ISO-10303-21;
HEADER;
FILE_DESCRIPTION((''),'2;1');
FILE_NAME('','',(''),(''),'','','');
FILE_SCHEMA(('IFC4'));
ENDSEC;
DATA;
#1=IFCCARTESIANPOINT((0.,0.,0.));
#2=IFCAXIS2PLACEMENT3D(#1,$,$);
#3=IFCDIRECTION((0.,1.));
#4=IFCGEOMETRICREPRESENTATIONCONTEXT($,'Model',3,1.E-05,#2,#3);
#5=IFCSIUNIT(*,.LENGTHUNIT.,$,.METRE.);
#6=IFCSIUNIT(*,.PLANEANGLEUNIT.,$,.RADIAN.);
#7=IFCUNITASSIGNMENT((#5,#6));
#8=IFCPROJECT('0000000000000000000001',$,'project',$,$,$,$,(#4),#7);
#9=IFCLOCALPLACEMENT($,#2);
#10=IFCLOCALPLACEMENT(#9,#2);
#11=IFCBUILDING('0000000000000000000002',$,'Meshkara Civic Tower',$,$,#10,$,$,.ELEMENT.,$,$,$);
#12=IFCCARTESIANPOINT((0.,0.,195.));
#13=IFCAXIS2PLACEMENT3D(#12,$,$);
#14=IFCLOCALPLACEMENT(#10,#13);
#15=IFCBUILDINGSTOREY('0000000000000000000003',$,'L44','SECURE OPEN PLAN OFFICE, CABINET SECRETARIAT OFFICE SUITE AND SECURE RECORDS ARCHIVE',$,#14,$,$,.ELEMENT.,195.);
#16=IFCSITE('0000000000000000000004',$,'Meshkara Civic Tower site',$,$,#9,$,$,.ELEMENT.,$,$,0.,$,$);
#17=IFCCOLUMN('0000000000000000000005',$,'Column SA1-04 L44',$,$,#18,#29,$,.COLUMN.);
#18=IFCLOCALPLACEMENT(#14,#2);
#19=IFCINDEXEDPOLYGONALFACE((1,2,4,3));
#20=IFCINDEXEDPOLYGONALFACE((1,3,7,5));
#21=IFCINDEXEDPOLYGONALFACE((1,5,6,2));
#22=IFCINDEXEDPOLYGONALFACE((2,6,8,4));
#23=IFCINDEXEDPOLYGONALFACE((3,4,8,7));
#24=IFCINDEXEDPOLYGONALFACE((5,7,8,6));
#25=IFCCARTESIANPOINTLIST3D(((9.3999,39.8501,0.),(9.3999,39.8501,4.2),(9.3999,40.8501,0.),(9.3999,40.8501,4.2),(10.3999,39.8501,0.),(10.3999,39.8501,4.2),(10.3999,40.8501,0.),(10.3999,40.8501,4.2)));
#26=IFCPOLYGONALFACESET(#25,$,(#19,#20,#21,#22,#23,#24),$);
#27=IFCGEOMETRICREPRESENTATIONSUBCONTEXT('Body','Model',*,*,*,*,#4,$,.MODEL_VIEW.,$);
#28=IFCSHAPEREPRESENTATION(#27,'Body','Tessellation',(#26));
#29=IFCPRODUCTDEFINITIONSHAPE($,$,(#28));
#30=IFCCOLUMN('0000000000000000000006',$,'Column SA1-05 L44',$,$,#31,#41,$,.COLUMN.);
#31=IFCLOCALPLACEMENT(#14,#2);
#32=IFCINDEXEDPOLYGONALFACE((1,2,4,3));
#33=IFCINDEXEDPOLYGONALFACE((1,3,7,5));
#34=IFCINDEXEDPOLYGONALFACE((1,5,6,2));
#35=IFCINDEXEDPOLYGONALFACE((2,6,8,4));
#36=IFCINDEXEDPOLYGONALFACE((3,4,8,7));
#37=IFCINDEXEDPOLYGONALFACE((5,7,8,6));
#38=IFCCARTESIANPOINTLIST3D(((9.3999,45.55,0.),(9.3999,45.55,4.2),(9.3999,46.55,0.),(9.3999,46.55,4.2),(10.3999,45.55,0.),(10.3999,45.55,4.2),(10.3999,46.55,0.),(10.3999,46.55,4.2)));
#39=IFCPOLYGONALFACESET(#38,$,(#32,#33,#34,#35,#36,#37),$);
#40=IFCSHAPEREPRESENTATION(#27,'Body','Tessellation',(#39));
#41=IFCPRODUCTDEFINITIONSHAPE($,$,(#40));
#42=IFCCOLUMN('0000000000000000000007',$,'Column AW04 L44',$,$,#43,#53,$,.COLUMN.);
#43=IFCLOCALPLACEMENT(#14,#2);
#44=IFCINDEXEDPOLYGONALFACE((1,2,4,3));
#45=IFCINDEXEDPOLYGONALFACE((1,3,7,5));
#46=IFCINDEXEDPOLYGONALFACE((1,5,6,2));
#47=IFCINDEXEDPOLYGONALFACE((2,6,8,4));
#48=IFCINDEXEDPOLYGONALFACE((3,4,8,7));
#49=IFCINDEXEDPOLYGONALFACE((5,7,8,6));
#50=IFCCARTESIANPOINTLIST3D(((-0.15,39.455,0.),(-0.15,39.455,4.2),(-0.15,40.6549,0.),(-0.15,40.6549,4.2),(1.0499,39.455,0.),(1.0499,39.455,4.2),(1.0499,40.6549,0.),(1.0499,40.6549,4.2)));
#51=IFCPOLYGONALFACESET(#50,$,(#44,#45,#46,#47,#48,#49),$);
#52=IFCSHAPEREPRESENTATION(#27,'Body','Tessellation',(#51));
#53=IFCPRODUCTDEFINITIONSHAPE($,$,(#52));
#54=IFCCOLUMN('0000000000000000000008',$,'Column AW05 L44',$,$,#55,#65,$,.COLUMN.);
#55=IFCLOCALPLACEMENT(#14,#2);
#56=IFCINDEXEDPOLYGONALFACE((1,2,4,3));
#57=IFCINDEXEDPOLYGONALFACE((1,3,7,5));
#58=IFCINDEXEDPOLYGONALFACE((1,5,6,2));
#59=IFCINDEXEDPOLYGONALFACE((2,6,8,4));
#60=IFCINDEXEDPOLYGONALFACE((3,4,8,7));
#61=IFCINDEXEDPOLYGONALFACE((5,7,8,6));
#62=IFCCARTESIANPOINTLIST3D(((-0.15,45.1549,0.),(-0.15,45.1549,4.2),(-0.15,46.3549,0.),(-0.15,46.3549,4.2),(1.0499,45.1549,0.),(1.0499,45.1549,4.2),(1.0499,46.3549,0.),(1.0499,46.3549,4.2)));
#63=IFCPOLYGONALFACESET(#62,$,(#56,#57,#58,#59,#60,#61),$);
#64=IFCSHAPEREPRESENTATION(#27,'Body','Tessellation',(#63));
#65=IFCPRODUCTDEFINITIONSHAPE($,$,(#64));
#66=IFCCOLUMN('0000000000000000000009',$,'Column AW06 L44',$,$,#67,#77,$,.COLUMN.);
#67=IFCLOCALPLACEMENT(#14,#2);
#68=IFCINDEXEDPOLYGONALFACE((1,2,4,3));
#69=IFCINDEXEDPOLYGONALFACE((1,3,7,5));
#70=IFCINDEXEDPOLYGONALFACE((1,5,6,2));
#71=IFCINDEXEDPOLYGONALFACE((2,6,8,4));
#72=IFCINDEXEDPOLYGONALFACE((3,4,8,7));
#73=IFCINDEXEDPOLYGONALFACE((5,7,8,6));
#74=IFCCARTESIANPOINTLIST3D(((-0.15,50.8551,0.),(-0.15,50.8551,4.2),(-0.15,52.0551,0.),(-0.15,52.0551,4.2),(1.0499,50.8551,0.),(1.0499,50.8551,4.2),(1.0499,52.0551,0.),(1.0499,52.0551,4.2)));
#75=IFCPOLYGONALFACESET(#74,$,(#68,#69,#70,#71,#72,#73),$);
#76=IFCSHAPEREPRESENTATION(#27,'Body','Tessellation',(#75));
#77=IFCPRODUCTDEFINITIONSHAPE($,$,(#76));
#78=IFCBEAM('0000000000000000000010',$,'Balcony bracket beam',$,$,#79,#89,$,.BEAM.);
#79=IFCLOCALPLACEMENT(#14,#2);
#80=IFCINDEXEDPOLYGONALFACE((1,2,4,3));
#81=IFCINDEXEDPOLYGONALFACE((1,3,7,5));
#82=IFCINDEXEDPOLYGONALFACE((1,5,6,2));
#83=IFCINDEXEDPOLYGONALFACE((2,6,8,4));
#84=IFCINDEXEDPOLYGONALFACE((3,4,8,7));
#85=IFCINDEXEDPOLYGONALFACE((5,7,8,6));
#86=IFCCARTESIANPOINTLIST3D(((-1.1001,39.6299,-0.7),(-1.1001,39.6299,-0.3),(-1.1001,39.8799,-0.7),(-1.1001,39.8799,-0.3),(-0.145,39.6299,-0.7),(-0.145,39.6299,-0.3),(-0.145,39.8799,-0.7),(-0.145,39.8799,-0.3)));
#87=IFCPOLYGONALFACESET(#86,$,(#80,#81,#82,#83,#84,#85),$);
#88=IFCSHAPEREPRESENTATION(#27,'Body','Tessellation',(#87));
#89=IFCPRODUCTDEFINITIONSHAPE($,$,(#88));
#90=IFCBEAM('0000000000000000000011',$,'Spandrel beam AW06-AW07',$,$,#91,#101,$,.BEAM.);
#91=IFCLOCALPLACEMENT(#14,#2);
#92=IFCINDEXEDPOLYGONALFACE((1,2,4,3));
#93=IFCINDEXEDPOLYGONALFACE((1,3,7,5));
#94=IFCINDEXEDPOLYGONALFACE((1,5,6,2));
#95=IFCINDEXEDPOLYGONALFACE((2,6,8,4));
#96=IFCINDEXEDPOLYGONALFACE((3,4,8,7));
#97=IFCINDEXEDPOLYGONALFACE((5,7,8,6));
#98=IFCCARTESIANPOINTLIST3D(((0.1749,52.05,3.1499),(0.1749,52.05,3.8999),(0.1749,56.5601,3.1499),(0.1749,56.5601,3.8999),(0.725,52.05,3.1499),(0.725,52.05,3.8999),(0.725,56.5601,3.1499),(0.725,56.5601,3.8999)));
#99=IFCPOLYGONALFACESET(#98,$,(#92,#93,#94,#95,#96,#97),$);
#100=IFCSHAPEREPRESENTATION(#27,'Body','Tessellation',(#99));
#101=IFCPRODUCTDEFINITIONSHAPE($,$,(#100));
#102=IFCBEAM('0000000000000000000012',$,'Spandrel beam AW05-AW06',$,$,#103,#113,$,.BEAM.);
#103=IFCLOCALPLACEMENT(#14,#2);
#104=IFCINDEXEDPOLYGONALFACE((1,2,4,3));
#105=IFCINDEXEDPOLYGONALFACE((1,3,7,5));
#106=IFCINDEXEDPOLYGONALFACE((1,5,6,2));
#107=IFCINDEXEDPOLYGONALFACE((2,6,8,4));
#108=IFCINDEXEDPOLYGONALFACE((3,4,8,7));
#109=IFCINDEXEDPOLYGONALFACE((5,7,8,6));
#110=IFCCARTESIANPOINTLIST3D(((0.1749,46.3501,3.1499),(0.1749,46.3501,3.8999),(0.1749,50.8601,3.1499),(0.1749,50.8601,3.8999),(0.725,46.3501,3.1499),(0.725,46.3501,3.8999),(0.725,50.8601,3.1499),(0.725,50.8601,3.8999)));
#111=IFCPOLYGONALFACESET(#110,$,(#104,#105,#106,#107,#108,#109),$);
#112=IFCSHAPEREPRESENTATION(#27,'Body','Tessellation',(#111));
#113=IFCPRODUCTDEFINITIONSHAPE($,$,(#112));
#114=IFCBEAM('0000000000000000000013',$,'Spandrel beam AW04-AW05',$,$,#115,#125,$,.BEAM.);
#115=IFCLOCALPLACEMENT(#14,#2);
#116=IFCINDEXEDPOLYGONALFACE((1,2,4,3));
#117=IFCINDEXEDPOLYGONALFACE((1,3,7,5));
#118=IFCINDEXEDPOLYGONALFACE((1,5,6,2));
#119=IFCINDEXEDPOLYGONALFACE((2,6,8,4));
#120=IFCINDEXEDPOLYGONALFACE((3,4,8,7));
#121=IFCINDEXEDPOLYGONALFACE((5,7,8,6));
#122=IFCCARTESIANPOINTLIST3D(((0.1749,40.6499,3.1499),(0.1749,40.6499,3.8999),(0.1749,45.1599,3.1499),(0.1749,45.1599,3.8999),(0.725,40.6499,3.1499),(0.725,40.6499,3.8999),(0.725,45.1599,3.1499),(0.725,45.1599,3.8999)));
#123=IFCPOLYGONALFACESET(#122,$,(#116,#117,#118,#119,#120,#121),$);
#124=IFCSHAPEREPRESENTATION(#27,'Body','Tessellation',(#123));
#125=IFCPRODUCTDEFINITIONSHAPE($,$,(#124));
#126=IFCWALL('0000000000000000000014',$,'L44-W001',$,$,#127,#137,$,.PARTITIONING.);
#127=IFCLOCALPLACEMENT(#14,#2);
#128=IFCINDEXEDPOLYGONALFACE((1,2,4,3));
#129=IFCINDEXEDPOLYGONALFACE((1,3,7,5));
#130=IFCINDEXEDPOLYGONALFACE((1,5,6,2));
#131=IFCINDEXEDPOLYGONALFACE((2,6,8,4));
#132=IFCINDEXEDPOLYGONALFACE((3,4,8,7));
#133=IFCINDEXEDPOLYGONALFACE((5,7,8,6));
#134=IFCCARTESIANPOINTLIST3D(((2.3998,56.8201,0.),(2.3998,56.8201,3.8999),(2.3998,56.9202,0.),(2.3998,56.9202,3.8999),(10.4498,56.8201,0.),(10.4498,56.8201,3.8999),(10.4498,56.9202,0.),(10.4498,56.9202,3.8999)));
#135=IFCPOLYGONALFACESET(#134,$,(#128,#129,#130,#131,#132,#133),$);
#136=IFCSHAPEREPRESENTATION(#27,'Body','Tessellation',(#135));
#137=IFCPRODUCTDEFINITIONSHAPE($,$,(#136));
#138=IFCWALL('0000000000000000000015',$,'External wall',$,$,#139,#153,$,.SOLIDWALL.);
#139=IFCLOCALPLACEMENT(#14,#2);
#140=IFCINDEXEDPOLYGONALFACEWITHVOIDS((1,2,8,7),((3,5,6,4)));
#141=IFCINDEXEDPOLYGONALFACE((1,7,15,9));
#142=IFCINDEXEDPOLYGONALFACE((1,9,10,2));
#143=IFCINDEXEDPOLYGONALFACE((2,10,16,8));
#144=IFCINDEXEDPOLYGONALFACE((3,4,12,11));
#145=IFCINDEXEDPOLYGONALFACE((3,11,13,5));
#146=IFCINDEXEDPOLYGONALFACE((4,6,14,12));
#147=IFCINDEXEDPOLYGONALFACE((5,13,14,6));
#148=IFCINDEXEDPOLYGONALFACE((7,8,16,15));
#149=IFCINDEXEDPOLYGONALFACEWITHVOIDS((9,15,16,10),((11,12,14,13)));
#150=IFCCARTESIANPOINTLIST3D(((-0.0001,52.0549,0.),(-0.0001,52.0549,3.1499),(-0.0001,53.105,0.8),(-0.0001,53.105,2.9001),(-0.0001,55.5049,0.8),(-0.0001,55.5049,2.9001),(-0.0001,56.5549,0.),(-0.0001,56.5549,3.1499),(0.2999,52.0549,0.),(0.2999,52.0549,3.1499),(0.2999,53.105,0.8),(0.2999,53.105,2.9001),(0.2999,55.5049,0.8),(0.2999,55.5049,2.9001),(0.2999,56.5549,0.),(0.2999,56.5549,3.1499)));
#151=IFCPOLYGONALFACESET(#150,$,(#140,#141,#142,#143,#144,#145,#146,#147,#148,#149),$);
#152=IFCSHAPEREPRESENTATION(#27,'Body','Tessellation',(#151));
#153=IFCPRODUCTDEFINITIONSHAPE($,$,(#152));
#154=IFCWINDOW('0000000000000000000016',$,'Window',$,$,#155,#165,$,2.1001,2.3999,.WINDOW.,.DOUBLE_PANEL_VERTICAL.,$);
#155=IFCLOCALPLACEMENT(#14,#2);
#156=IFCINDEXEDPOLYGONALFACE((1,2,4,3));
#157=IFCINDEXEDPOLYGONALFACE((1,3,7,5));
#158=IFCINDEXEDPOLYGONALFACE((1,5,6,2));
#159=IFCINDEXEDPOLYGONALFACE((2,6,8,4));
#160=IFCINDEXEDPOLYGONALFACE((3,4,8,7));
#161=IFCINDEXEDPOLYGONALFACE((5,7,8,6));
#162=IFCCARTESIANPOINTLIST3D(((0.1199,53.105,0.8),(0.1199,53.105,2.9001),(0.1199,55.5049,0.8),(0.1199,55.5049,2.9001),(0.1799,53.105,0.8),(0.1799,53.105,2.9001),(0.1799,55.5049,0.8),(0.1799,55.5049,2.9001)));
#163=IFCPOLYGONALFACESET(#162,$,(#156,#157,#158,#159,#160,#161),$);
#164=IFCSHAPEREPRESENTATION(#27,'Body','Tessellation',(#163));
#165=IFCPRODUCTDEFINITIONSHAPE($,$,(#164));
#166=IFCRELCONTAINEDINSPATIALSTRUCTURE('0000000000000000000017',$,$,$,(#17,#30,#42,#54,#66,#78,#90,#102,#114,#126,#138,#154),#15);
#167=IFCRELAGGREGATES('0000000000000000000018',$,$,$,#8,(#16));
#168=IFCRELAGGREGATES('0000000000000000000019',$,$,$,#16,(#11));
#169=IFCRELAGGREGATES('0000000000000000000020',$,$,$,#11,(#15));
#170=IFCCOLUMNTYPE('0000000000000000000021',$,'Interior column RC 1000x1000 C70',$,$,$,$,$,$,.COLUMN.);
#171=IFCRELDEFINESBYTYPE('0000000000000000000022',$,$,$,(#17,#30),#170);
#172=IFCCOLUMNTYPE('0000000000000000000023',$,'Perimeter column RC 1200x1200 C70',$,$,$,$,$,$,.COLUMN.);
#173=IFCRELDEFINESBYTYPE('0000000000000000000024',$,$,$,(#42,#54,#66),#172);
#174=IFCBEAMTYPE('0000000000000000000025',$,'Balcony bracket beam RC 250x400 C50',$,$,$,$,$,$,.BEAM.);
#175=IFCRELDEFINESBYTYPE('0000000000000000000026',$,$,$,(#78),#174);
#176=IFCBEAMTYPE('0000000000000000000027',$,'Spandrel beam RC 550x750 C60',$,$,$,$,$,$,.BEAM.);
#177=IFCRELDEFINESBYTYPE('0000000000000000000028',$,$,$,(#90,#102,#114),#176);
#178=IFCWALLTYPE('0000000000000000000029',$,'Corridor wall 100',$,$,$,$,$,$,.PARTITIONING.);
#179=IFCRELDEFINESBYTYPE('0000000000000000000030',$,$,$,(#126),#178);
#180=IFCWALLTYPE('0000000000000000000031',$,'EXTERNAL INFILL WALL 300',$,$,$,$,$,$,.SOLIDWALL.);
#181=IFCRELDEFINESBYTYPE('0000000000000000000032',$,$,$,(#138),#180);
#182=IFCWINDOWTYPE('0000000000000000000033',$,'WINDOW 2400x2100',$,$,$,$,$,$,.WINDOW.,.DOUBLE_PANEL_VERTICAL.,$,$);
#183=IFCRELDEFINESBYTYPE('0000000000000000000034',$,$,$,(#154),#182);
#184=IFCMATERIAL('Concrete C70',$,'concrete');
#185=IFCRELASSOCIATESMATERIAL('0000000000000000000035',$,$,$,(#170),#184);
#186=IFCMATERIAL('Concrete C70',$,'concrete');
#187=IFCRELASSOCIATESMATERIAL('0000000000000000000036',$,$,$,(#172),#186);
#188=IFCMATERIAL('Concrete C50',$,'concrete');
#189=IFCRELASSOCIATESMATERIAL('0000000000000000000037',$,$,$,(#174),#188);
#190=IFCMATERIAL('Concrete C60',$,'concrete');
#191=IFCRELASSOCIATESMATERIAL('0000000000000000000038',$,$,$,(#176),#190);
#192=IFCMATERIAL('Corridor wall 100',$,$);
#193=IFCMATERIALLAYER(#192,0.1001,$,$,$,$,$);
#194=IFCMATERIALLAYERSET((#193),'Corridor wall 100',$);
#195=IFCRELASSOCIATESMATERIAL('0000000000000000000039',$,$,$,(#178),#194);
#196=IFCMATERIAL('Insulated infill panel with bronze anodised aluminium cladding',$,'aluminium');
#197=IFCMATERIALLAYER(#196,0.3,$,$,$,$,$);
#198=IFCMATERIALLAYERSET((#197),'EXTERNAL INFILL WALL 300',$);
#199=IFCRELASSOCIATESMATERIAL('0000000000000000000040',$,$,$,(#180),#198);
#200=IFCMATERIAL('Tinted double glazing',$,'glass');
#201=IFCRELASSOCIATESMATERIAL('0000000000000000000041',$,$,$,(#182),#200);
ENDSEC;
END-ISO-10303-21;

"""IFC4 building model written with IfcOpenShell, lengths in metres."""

from ifc_helpers import new_model, si_unit, direction, frame, frame_2d, origin, origin_2d, place, context, subcontext, project, spatial, rectangle, extrude, material, layer, layer_set, material_profile, profile_set, type_object, element, fill, save


model = new_model("IFC4")

# Units and contexts
model_context = context("Model", 3, precision=1e-05, world=origin(), true_north=direction((0.0, 1.0)))
body_context = subcontext(model_context, "Body", "Model", "MODEL_VIEW")
ifc_project = project(units=[si_unit("LENGTHUNIT", "METRE"), si_unit("PLANEANGLEUNIT", "RADIAN")], contexts=[model_context])

# Site, building, storey
site_placement = place(None, origin())
site = spatial("IfcSite", under=ifc_project, at=site_placement, Name="Meshkara Civic Tower site", CompositionType="ELEMENT", RefElevation=0.0)
building_placement = place(site_placement, origin())
building = spatial("IfcBuilding", under=site, at=building_placement, Name="Meshkara Civic Tower", CompositionType="ELEMENT")
storey_placement = place(building_placement, frame((0.0, 0.0, 195.0)))
storey = spatial("IfcBuildingStorey", under=building, at=storey_placement, Name="L44", Description="SECURE OPEN PLAN OFFICE, CABINET SECRETARIAT OFFICE SUITE AND SECURE RECORDS ARCHIVE", CompositionType="ELEMENT", Elevation=195.0)

# Columns
ifc_material_1 = material(Name="Concrete C70", Category="concrete")
ifc_material_profile_1 = material_profile(ifc_material_1, rectangle(XDim=1.0, YDim=1.0, at=origin_2d()))
ifc_profile_set_1 = profile_set([ifc_material_profile_1], Name="Concrete C70")
column_type_1 = type_object("IfcColumnType", Name="Interior column RC 1000x1000 C70", PredefinedType="COLUMN", material=ifc_profile_set_1)
for number, where, z_axis, x_axis, name in (
    (1, (9.8999, 40.3501, 0.0), (0.0, 0.0, 1.0), (1.0, 0.0, 0.0), "Column SA1-04 L44"),
    (2, (9.8999, 46.05, 0.0), (0.0, 0.0, 1.0), (1.0, 0.0, 0.0), "Column SA1-05 L44"),
):
    element("IfcColumn", number, at=place(storey_placement, frame(where, z_axis=z_axis, x_axis=x_axis)), inside=storey, type_object=column_type_1, Name=name, PredefinedType="COLUMN", context=body_context, shape_type="SweptSolid", body=[
        extrude(rectangle(XDim=1.0, YDim=1.0, at=origin_2d()), origin(), (0.0, 0.0, 1.0), 4.2),
    ])
ifc_material_2 = material(Name="Concrete C70", Category="concrete")
ifc_material_profile_2 = material_profile(ifc_material_2, rectangle(XDim=1.2, YDim=1.2, at=origin_2d()))
ifc_profile_set_2 = profile_set([ifc_material_profile_2], Name="Concrete C70")
column_type_2 = type_object("IfcColumnType", Name="Perimeter column RC 1200x1200 C70", PredefinedType="COLUMN", material=ifc_profile_set_2)
for number, where, z_axis, x_axis, name in (
    (3, (0.45, 40.0549, 0.0), (0.0, 0.0, 1.0), (1.0, 0.0, 0.0), "Column AW04 L44"),
    (4, (0.45, 45.7549, 0.0), (0.0, 0.0, 1.0), (1.0, 0.0, 0.0), "Column AW05 L44"),
    (5, (0.45, 51.4551, 0.0), (0.0, 0.0, 1.0), (1.0, 0.0, 0.0), "Column AW06 L44"),
):
    element("IfcColumn", number, at=place(storey_placement, frame(where, z_axis=z_axis, x_axis=x_axis)), inside=storey, type_object=column_type_2, Name=name, PredefinedType="COLUMN", context=body_context, shape_type="SweptSolid", body=[
        extrude(rectangle(XDim=1.2, YDim=1.2, at=origin_2d()), origin(), (0.0, 0.0, 1.0), 4.2),
    ])

# Beams
ifc_material_3 = material(Name="Concrete C50", Category="concrete")
ifc_material_profile_3 = material_profile(ifc_material_3, rectangle(XDim=0.25, YDim=0.3999, at=origin_2d()))
ifc_profile_set_3 = profile_set([ifc_material_profile_3], Name="Concrete C50")
beam_type_1 = type_object("IfcBeamType", Name="Balcony bracket beam RC 250x400 C50", PredefinedType="BEAM", material=ifc_profile_set_3)
beam_placement = place(storey_placement, frame((-0.145, 39.7549, -0.5), z_axis=(-1.0, 0.0, 0.0), x_axis=(0.0, -1.0, 0.0)))
element("IfcBeam", 6, at=beam_placement, inside=storey, type_object=beam_type_1, Name="Balcony bracket beam", PredefinedType="BEAM", context=body_context, shape_type="SweptSolid", body=[
    extrude(rectangle(XDim=0.25, YDim=0.3999, at=origin_2d()), origin(), (0.0, 0.0, 1.0), 0.9551),
])
ifc_material_4 = material(Name="Concrete C60", Category="concrete")
ifc_material_profile_4 = material_profile(ifc_material_4, rectangle(XDim=0.55, YDim=0.75, at=origin_2d()))
ifc_profile_set_4 = profile_set([ifc_material_profile_4], Name="Concrete C60")
beam_type_2 = type_object("IfcBeamType", Name="Spandrel beam RC 550x750 C60", PredefinedType="BEAM", material=ifc_profile_set_4)
for number, where, z_axis, x_axis, name in (
    (7, (0.45, 56.5601, 3.5249), (0.0, -1.0, 0.0), (1.0, 0.0, 0.0), "Spandrel beam AW06-AW07"),
    (8, (0.45, 50.8601, 3.5249), (0.0, -1.0, 0.0), (1.0, 0.0, 0.0), "Spandrel beam AW05-AW06"),
    (9, (0.45, 45.1599, 3.5249), (0.0, -1.0, 0.0), (1.0, 0.0, 0.0), "Spandrel beam AW04-AW05"),
):
    element("IfcBeam", number, at=place(storey_placement, frame(where, z_axis=z_axis, x_axis=x_axis)), inside=storey, type_object=beam_type_2, Name=name, PredefinedType="BEAM", context=body_context, shape_type="SweptSolid", body=[
        extrude(rectangle(XDim=0.55, YDim=0.75, at=origin_2d()), origin(), (0.0, 0.0, 1.0), 4.51),
    ])

# Wall
ifc_material_5 = material(Name="Corridor wall 100")
ifc_layer_1 = layer(ifc_material_5, 0.1001)
ifc_layer_set_1 = layer_set([ifc_layer_1], Name="Corridor wall 100")
wall_type_1 = type_object("IfcWallType", Name="Corridor wall 100", PredefinedType="PARTITIONING", material=ifc_layer_set_1)
wall_1_placement = place(storey_placement, frame((2.3999, 56.8701, 0.0), z_axis=(0.0, 0.0, 1.0), x_axis=(1.0, 0.0, 0.0)))
element("IfcWall", 10, at=wall_1_placement, inside=storey, type_object=wall_type_1, Name="L44-W001", PredefinedType="PARTITIONING", context=body_context, shape_type="SweptSolid", body=[
    extrude(rectangle(XDim=8.05, YDim=0.1001, at=frame_2d((4.0249, 0.0))), origin(), (0.0, 0.0, 1.0), 3.8999),
])

# Wall, opening, window
ifc_material_6 = material(Name="Insulated infill panel with bronze anodised aluminium cladding", Category="aluminium")
ifc_layer_2 = layer(ifc_material_6, 0.3)
ifc_layer_set_2 = layer_set([ifc_layer_2], Name="EXTERNAL INFILL WALL 300")
wall_type_2 = type_object("IfcWallType", Name="EXTERNAL INFILL WALL 300", PredefinedType="SOLIDWALL", material=ifc_layer_set_2)
wall_2_placement = place(storey_placement, frame((0.1499, 56.5549, 0.0), z_axis=(0.0, 0.0, 1.0), x_axis=(0.0, -1.0, 0.0)))
wall_2 = element("IfcWall", 11, at=wall_2_placement, inside=storey, type_object=wall_type_2, Name="External wall", PredefinedType="SOLIDWALL", context=body_context, shape_type="SweptSolid", body=[
    extrude(rectangle(XDim=4.5, YDim=0.3, at=frame_2d((2.25, 0.0))), origin(), (0.0, 0.0, 1.0), 3.1499),
])
opening_1_placement = place(wall_2_placement, frame((1.05, 0.0, 0.8)))
opening_1 = element("IfcOpeningElement", 12, at=opening_1_placement, cuts=wall_2, PredefinedType="OPENING", context=body_context, shape_type="SweptSolid", body=[
    extrude(rectangle(XDim=2.3999, YDim=2.1001, at=frame_2d((1.2, 1.05))), frame((0.0, 0.1599, 0.0), z_axis=(0.0, -1.0, 0.0), x_axis=(1.0, 0.0, 0.0)), (0.0, 0.0, 1.0), 0.3201),
])
ifc_material_7 = material(Name="Tinted double glazing", Category="glass")
window_type = type_object("IfcWindowType", Name="WINDOW 2400x2100", PartitioningType="DOUBLE_PANEL_VERTICAL", PredefinedType="WINDOW", material=ifc_material_7)
window_1_placement = place(opening_1_placement, origin())
window_1 = element("IfcWindow", 13, at=window_1_placement, inside=storey, type_object=window_type, Name="Window", OverallHeight=2.1001, OverallWidth=2.3999, PartitioningType="DOUBLE_PANEL_VERTICAL", PredefinedType="WINDOW", context=body_context, shape_type="SweptSolid", body=[
    extrude(rectangle(XDim=2.3999, YDim=2.1001, at=frame_2d((1.2, 1.05))), frame((0.0, 0.03, 0.0), z_axis=(0.0, -1.0, 0.0), x_axis=(1.0, 0.0, 0.0)), (0.0, 0.0, 1.0), 0.0601),
])
fill(opening_1, window_1)

save(model, "model.ifc")
